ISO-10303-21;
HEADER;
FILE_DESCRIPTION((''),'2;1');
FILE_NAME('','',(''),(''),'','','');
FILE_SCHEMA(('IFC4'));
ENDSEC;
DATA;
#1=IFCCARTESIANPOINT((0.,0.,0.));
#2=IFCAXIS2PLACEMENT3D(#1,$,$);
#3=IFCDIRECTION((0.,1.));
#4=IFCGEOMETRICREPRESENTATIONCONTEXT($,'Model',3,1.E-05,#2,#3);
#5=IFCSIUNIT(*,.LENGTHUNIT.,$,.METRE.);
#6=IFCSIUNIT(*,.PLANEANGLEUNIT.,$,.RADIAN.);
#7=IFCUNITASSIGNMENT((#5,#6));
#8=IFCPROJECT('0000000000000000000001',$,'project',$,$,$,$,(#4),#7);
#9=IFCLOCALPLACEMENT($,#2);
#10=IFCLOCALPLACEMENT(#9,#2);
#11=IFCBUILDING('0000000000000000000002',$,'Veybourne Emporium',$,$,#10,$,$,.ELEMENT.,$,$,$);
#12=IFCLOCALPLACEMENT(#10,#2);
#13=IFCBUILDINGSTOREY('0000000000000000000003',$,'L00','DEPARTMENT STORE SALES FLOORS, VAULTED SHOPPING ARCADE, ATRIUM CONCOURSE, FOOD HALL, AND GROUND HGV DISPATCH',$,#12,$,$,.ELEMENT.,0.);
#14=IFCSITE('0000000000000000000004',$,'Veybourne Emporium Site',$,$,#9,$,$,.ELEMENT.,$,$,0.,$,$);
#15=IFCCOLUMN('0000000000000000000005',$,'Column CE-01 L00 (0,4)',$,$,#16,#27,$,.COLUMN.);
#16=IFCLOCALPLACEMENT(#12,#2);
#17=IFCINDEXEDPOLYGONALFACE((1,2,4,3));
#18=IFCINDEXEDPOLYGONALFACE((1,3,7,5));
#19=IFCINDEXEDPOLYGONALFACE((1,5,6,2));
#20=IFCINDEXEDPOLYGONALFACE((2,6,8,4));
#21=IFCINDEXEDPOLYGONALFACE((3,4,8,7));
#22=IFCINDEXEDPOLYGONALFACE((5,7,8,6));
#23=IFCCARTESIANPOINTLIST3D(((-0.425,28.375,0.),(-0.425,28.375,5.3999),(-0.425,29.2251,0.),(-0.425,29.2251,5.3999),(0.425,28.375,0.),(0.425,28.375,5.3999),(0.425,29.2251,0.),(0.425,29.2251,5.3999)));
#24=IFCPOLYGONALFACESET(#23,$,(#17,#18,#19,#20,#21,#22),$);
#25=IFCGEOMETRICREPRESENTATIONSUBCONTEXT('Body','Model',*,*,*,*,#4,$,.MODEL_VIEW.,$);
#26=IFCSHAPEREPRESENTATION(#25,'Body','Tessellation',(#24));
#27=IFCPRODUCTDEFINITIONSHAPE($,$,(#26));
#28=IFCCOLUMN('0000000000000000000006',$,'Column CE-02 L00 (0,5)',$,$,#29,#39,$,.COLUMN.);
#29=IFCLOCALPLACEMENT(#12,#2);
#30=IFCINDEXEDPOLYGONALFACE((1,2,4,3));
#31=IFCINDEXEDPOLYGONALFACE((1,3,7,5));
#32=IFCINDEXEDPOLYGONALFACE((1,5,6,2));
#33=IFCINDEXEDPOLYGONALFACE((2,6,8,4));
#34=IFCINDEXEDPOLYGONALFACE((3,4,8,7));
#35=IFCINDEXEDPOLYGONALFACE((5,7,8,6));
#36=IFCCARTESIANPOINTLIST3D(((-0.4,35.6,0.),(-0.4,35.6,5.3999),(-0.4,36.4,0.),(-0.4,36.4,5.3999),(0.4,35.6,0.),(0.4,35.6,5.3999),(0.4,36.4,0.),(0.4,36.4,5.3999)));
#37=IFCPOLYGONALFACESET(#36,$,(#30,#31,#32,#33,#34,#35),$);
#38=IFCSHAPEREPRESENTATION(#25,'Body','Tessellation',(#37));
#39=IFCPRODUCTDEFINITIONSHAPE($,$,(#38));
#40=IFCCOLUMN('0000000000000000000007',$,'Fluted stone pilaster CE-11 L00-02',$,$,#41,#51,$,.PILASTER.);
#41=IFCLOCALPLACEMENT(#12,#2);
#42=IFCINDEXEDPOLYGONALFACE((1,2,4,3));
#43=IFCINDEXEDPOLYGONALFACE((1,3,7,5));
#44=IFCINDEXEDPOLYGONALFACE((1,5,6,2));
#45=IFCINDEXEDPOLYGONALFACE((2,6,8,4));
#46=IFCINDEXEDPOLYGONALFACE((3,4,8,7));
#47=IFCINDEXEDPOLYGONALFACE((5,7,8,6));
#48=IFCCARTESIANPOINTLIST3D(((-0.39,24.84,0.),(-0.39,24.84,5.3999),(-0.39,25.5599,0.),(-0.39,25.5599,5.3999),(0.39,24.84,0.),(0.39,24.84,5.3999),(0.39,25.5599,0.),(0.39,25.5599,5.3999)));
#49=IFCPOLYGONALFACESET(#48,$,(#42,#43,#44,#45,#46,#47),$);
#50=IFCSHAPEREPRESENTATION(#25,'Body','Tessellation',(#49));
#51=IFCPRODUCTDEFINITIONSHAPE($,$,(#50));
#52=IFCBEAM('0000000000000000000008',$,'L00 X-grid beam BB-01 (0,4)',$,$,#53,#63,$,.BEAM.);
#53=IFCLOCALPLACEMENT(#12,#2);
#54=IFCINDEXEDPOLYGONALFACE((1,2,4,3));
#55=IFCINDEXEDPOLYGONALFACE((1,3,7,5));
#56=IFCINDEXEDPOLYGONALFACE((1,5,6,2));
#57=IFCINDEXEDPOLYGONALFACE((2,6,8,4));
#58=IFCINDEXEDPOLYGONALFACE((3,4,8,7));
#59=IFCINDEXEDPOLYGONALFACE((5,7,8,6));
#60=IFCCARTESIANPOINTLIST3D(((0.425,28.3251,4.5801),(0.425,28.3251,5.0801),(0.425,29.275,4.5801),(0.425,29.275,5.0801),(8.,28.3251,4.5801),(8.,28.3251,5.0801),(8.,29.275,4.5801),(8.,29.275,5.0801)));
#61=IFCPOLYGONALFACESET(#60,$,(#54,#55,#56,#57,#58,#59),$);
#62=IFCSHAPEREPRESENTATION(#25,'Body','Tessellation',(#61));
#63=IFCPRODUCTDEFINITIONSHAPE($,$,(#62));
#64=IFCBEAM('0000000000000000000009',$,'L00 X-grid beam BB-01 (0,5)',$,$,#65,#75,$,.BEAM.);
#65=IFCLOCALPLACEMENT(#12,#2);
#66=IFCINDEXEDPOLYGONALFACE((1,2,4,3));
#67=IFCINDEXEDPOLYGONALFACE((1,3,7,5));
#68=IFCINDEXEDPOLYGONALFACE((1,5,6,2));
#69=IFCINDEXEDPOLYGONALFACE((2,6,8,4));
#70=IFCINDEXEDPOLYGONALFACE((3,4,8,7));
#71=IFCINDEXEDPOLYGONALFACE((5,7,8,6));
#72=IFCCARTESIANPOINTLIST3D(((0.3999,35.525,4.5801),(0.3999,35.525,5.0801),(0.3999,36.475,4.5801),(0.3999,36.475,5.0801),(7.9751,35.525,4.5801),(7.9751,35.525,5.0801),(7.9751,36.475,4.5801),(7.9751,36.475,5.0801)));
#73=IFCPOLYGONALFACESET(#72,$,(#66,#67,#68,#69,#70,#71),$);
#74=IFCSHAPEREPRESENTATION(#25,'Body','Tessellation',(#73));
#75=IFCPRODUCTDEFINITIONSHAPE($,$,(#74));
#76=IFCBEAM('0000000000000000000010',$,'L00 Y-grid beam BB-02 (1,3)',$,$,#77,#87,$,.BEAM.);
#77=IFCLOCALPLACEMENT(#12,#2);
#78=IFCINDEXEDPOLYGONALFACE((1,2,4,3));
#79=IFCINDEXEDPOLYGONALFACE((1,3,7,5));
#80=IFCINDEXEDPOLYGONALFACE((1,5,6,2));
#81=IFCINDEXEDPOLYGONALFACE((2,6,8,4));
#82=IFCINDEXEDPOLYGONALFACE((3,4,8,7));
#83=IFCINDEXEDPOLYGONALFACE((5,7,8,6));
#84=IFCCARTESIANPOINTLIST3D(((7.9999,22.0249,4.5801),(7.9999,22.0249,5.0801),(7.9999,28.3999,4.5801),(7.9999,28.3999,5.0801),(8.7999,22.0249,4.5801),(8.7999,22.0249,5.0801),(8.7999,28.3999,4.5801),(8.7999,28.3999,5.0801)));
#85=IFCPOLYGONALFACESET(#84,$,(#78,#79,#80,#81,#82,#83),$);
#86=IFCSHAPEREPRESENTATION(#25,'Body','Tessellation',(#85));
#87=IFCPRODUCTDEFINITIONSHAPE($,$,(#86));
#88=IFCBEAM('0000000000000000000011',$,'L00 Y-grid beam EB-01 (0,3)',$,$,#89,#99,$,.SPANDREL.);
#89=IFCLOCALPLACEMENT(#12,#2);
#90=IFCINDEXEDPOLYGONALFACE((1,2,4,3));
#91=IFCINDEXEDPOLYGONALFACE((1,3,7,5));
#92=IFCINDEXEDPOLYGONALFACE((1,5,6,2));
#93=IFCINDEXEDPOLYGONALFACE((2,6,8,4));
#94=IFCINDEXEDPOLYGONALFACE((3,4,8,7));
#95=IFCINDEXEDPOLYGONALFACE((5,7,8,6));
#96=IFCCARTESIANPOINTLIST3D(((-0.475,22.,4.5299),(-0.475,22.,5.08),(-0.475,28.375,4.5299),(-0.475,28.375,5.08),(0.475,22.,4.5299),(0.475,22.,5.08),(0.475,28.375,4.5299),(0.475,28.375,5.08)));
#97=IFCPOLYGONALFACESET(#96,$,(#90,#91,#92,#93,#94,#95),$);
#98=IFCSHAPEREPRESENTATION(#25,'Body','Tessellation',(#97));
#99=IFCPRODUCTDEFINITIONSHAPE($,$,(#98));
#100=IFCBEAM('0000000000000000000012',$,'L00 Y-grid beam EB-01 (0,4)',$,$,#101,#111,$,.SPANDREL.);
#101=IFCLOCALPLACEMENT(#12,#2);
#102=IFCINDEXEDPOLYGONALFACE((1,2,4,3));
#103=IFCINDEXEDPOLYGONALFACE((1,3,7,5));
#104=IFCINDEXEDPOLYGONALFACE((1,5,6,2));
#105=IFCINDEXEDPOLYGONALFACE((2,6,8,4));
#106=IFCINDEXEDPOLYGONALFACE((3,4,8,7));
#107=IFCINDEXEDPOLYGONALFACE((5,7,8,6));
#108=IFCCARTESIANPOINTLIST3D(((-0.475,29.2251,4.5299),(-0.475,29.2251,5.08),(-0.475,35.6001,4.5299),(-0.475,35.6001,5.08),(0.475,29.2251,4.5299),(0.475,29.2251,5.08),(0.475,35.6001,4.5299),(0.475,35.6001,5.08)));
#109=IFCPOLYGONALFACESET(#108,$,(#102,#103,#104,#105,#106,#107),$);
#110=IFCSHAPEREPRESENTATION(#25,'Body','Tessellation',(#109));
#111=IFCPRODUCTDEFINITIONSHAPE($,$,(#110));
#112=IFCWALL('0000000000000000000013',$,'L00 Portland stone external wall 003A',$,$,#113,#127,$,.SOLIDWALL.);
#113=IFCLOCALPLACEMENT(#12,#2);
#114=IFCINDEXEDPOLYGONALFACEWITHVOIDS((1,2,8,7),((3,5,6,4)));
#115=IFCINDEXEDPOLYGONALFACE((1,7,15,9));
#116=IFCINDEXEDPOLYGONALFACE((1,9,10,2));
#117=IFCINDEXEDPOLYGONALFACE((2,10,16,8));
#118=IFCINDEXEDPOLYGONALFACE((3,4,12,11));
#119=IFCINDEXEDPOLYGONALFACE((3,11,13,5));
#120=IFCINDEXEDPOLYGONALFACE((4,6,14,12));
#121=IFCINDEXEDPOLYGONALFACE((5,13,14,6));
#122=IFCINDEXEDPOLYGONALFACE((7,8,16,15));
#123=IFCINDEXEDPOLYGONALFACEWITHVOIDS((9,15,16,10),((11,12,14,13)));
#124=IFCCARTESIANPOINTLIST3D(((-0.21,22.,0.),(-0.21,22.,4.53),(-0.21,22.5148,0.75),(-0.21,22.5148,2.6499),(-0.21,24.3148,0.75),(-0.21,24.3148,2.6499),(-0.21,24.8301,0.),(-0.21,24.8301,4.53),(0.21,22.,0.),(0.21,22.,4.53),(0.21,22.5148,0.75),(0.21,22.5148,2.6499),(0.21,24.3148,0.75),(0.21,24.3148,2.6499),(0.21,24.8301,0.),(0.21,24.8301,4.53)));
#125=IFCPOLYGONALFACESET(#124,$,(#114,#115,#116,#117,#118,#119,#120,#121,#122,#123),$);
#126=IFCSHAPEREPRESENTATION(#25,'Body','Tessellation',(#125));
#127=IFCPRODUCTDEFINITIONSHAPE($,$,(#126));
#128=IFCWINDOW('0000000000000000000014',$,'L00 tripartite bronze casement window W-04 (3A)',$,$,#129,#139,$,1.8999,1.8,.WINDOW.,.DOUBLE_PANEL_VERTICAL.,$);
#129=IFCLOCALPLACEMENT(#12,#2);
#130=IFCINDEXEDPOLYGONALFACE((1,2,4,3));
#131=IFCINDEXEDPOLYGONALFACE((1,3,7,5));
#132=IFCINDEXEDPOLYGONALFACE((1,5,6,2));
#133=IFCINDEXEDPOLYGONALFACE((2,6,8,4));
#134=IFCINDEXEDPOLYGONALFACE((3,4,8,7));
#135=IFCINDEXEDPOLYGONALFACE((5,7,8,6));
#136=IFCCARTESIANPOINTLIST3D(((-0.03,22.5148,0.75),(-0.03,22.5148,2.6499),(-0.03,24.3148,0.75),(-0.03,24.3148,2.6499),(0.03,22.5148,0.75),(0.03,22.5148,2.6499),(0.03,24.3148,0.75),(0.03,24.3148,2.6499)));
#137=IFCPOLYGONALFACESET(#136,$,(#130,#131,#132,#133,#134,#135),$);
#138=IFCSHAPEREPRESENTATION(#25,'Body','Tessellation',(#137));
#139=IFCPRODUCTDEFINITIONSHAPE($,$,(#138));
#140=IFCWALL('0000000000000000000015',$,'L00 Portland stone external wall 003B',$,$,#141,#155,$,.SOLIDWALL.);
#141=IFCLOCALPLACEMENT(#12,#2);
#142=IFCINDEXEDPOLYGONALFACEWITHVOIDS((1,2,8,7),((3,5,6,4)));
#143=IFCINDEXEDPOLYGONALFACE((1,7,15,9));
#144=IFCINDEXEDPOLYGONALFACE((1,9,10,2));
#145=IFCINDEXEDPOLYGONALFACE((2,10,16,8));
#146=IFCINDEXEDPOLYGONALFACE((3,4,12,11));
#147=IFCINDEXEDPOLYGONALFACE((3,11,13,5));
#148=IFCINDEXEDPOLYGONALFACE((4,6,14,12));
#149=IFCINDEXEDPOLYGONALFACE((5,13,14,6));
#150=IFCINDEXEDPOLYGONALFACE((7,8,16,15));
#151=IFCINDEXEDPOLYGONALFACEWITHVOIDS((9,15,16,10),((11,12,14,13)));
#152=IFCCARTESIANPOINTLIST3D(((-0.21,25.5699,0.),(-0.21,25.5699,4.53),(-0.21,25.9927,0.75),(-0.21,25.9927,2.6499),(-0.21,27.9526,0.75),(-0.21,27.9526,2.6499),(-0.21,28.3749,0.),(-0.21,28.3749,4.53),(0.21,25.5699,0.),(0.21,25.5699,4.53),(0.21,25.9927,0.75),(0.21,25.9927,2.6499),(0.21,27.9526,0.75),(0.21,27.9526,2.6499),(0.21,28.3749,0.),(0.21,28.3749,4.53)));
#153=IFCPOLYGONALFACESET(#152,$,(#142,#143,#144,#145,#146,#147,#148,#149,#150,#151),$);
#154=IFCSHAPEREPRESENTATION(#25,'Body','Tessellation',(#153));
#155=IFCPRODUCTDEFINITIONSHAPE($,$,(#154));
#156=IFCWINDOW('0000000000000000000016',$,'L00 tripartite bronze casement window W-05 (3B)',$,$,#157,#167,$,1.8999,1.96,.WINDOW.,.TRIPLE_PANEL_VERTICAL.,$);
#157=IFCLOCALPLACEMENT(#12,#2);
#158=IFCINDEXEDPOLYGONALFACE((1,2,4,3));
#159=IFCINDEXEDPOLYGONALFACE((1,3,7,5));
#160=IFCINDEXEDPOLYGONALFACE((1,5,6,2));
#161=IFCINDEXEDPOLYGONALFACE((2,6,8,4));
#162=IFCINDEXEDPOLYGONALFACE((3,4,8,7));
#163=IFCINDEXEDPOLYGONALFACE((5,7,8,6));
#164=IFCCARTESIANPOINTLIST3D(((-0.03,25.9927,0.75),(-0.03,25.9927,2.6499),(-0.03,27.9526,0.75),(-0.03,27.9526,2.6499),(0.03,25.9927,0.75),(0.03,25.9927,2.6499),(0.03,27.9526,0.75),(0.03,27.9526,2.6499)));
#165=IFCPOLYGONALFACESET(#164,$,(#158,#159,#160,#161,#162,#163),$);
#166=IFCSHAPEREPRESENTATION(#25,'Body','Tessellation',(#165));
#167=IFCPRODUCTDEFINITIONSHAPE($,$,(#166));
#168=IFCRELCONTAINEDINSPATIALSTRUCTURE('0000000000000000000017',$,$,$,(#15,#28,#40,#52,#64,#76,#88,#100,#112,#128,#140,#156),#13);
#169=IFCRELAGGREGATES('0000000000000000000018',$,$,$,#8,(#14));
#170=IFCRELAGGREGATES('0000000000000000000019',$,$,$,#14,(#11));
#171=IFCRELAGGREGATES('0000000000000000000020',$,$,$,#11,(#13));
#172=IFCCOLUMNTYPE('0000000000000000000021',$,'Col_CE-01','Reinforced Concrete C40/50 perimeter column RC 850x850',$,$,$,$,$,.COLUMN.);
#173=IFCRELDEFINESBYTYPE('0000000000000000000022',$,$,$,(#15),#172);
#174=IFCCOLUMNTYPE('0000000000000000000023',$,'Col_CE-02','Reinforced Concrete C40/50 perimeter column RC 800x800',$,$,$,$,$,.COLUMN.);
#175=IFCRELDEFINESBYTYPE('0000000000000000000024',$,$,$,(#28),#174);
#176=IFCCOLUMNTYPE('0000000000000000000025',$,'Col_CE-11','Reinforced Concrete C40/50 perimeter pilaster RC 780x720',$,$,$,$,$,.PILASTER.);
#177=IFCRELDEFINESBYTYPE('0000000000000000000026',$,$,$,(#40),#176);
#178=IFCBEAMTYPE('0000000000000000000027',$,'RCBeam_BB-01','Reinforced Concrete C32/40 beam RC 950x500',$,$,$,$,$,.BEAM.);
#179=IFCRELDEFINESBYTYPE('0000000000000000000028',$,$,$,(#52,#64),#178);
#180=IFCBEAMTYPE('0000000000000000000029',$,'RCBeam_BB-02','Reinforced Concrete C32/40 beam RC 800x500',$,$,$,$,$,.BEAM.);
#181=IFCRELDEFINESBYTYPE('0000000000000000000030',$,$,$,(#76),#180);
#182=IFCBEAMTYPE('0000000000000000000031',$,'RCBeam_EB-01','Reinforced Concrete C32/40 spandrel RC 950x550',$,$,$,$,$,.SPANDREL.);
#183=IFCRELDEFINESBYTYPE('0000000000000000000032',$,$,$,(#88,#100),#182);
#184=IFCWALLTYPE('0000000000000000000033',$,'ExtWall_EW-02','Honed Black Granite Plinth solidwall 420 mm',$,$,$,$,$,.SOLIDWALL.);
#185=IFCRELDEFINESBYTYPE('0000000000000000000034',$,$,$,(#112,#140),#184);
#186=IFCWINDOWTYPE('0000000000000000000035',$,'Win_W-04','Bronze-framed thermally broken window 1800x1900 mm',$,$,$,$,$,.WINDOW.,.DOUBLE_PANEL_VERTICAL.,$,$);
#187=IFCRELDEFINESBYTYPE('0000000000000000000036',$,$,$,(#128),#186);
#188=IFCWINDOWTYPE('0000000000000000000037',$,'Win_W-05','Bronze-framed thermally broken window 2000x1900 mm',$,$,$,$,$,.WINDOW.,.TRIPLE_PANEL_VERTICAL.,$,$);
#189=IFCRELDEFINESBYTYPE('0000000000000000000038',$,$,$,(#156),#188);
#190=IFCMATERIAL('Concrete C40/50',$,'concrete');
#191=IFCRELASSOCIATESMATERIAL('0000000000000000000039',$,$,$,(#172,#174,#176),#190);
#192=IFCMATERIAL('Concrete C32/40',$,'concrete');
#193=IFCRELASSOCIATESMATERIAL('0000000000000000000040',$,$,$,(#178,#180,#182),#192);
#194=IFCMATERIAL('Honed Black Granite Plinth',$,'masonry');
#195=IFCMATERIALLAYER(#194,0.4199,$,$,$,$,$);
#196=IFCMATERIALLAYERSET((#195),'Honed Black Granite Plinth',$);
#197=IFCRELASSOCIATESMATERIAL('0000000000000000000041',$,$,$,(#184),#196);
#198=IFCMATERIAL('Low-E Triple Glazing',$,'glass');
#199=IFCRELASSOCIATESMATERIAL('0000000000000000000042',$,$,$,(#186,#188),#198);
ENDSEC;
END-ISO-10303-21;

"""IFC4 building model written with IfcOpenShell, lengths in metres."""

from ifc_helpers import new_model, si_unit, direction, frame, frame_2d, origin, origin_2d, place, context, subcontext, project, spatial, rectangle, extrude, material, layer, layer_set, material_profile, profile_set, type_object, element, fill, save


model = new_model("IFC4")

# Units and contexts
model_context = context("Model", 3, precision=1e-05, world=origin(), true_north=direction((0.0, 1.0)))
body_context = subcontext(model_context, "Body", "Model", "MODEL_VIEW")
ifc_project = project(units=[si_unit("LENGTHUNIT", "METRE"), si_unit("PLANEANGLEUNIT", "RADIAN")], contexts=[model_context])

# Site, building, storey
site_placement = place(None, origin())
site = spatial("IfcSite", under=ifc_project, at=site_placement, Name="Veybourne Emporium Site", CompositionType="ELEMENT", RefElevation=0.0)
building_placement = place(site_placement, origin())
building = spatial("IfcBuilding", under=site, at=building_placement, Name="Veybourne Emporium", CompositionType="ELEMENT")
storey_placement = place(building_placement, origin())
storey = spatial("IfcBuildingStorey", under=building, at=storey_placement, Name="L00", Description="DEPARTMENT STORE SALES FLOORS, VAULTED SHOPPING ARCADE, ATRIUM CONCOURSE, FOOD HALL, AND GROUND HGV DISPATCH", CompositionType="ELEMENT", Elevation=0.0)

# Columns
ifc_material_1 = material(Name="Concrete C40/50", Category="concrete")
ifc_material_profile_1 = material_profile(ifc_material_1, rectangle(XDim=0.8501, YDim=0.8501, at=origin_2d()), Name="RC 850x850")
ifc_profile_set_1 = profile_set([ifc_material_profile_1], Name="Concrete C40/50")
column_type_1 = type_object("IfcColumnType", Name="Col_CE-01", Description="Reinforced Concrete C40/50 perimeter column RC 850x850", PredefinedType="COLUMN", material=ifc_profile_set_1)
column_1_placement = place(storey_placement, frame((0.0, 28.8, 0.0), z_axis=(0.0, 0.0, 1.0), x_axis=(1.0, 0.0, 0.0)))
element("IfcColumn", 1, at=column_1_placement, inside=storey, type_object=column_type_1, Name="Column CE-01 L00 (0,4)", PredefinedType="COLUMN", context=body_context, shape_type="SweptSolid", body=[
    extrude(rectangle(XDim=0.8501, YDim=0.8501, at=origin_2d()), origin(), (0.0, 0.0, 1.0), 5.3999),
])
ifc_material_profile_2 = material_profile(ifc_material_1, rectangle(XDim=0.8, YDim=0.8, at=origin_2d()), Name="RC 800x800")
ifc_profile_set_2 = profile_set([ifc_material_profile_2], Name="Concrete C40/50")
column_type_2 = type_object("IfcColumnType", Name="Col_CE-02", Description="Reinforced Concrete C40/50 perimeter column RC 800x800", PredefinedType="COLUMN", material=ifc_profile_set_2)
column_2_placement = place(storey_placement, frame((0.0, 36.0, 0.0), z_axis=(0.0, 0.0, 1.0), x_axis=(1.0, 0.0, 0.0)))
element("IfcColumn", 2, at=column_2_placement, inside=storey, type_object=column_type_2, Name="Column CE-02 L00 (0,5)", PredefinedType="COLUMN", context=body_context, shape_type="SweptSolid", body=[
    extrude(rectangle(XDim=0.8, YDim=0.8, at=origin_2d()), origin(), (0.0, 0.0, 1.0), 5.3999),
])
ifc_material_profile_3 = material_profile(ifc_material_1, rectangle(XDim=0.78, YDim=0.72, at=origin_2d()), Name="RC 780x720")
ifc_profile_set_3 = profile_set([ifc_material_profile_3], Name="Concrete C40/50")
column_type_3 = type_object("IfcColumnType", Name="Col_CE-11", Description="Reinforced Concrete C40/50 perimeter pilaster RC 780x720", PredefinedType="PILASTER", material=ifc_profile_set_3)
column_3_placement = place(storey_placement, frame((0.0, 25.2, 0.0), z_axis=(0.0, 0.0, 1.0), x_axis=(1.0, 0.0, 0.0)))
element("IfcColumn", 3, at=column_3_placement, inside=storey, type_object=column_type_3, Name="Fluted stone pilaster CE-11 L00-02", PredefinedType="PILASTER", context=body_context, shape_type="SweptSolid", body=[
    extrude(rectangle(XDim=0.78, YDim=0.72, at=origin_2d()), origin(), (0.0, 0.0, 1.0), 5.3999),
])

# Beams
ifc_material_2 = material(Name="Concrete C32/40", Category="concrete")
ifc_material_profile_4 = material_profile(ifc_material_2, rectangle(XDim=0.95, YDim=0.5, at=origin_2d()), Name="RC 950x500")
ifc_profile_set_4 = profile_set([ifc_material_profile_4], Name="Concrete C32/40")
beam_type_1 = type_object("IfcBeamType", Name="RCBeam_BB-01", Description="Reinforced Concrete C32/40 beam RC 950x500", PredefinedType="BEAM", material=ifc_profile_set_4)
beam_1_placement = place(storey_placement, frame((0.425, 28.8, 4.8301), z_axis=(1.0, 0.0, 0.0), x_axis=(0.0, 1.0, 0.0)))
element("IfcBeam", 4, at=beam_1_placement, inside=storey, type_object=beam_type_1, Name="L00 X-grid beam BB-01 (0,4)", PredefinedType="BEAM", context=body_context, shape_type="SweptSolid", body=[
    extrude(rectangle(XDim=0.95, YDim=0.5, at=origin_2d()), origin(), (0.0, 0.0, 1.0), 7.575),
])
beam_2_placement = place(storey_placement, frame((0.3999, 36.0, 4.8301), z_axis=(1.0, 0.0, 0.0), x_axis=(0.0, 1.0, 0.0)))
element("IfcBeam", 5, at=beam_2_placement, inside=storey, type_object=beam_type_1, Name="L00 X-grid beam BB-01 (0,5)", PredefinedType="BEAM", context=body_context, shape_type="SweptSolid", body=[
    extrude(rectangle(XDim=0.95, YDim=0.5, at=origin_2d()), origin(), (0.0, 0.0, 1.0), 7.5752),
])
ifc_material_profile_5 = material_profile(ifc_material_2, rectangle(XDim=0.8, YDim=0.5, at=origin_2d()), Name="RC 800x500")
ifc_profile_set_5 = profile_set([ifc_material_profile_5], Name="Concrete C32/40")
beam_type_2 = type_object("IfcBeamType", Name="RCBeam_BB-02", Description="Reinforced Concrete C32/40 beam RC 800x500", PredefinedType="BEAM", material=ifc_profile_set_5)
beam_3_placement = place(storey_placement, frame((8.3999, 22.0249, 4.8301), z_axis=(0.0, 1.0, 0.0), x_axis=(-1.0, 0.0, 0.0)))
element("IfcBeam", 6, at=beam_3_placement, inside=storey, type_object=beam_type_2, Name="L00 Y-grid beam BB-02 (1,3)", PredefinedType="BEAM", context=body_context, shape_type="SweptSolid", body=[
    extrude(rectangle(XDim=0.8, YDim=0.5, at=origin_2d()), origin(), (0.0, 0.0, 1.0), 6.375),
])
ifc_material_profile_6 = material_profile(ifc_material_2, rectangle(XDim=0.95, YDim=0.55, at=origin_2d()), Name="RC 950x550")
ifc_profile_set_6 = profile_set([ifc_material_profile_6], Name="Concrete C32/40")
beam_type_3 = type_object("IfcBeamType", Name="RCBeam_EB-01", Description="Reinforced Concrete C32/40 spandrel RC 950x550", PredefinedType="SPANDREL", material=ifc_profile_set_6)
for number, where, z_axis, x_axis, name in (
    (7, (0.0, 22.0, 4.8049), (0.0, 1.0, 0.0), (-1.0, 0.0, 0.0), "L00 Y-grid beam EB-01 (0,3)"),
    (8, (0.0, 29.2251, 4.8049), (0.0, 1.0, 0.0), (-1.0, 0.0, 0.0), "L00 Y-grid beam EB-01 (0,4)"),
):
    element("IfcBeam", number, at=place(storey_placement, frame(where, z_axis=z_axis, x_axis=x_axis)), inside=storey, type_object=beam_type_3, Name=name, PredefinedType="SPANDREL", context=body_context, shape_type="SweptSolid", body=[
        extrude(rectangle(XDim=0.95, YDim=0.55, at=origin_2d()), origin(), (0.0, 0.0, 1.0), 6.375),
    ])

# Walls, openings, windows
ifc_material_3 = material(Name="Honed Black Granite Plinth", Category="masonry")
ifc_layer_1 = layer(ifc_material_3, 0.4199)
ifc_layer_set_1 = layer_set([ifc_layer_1], Name="Honed Black Granite Plinth")
wall_type_1 = type_object("IfcWallType", Name="ExtWall_EW-02", Description="Honed Black Granite Plinth solidwall 420 mm", PredefinedType="SOLIDWALL", material=ifc_layer_set_1)
wall_1_placement = place(storey_placement, frame((0.0, 22.0, 0.0), z_axis=(0.0, 0.0, 1.0), x_axis=(0.0, 1.0, 0.0)))
wall_1 = element("IfcWall", 9, at=wall_1_placement, inside=storey, type_object=wall_type_1, Name="L00 Portland stone external wall 003A", PredefinedType="SOLIDWALL", context=body_context, shape_type="SweptSolid", body=[
    extrude(rectangle(XDim=2.8301, YDim=0.4199, at=frame_2d((1.415, 0.0))), origin(), (0.0, 0.0, 1.0), 4.53),
])
opening_1_placement = place(wall_1_placement, frame((0.5149, 0.0, 0.75)))
opening_1 = element("IfcOpeningElement", 10, at=opening_1_placement, cuts=wall_1, PredefinedType="OPENING", context=body_context, shape_type="SweptSolid", body=[
    extrude(rectangle(XDim=1.8, YDim=1.8999, at=frame_2d((0.8999, 0.95))), frame((0.0, 0.23, 0.0), z_axis=(0.0, -1.0, 0.0), x_axis=(1.0, 0.0, 0.0)), (0.0, 0.0, 1.0), 0.46),
])
ifc_material_4 = material(Name="Low-E Triple Glazing", Category="glass")
window_type_1 = type_object("IfcWindowType", Name="Win_W-04", Description="Bronze-framed thermally broken window 1800x1900 mm", PartitioningType="DOUBLE_PANEL_VERTICAL", PredefinedType="WINDOW", material=ifc_material_4)
window_1_placement = place(opening_1_placement, origin())
window_1 = element("IfcWindow", 11, at=window_1_placement, inside=storey, type_object=window_type_1, Name="L00 tripartite bronze casement window W-04 (3A)", OverallHeight=1.8999, OverallWidth=1.8, PartitioningType="DOUBLE_PANEL_VERTICAL", PredefinedType="WINDOW", context=body_context, shape_type="SweptSolid", body=[
    extrude(rectangle(XDim=1.8, YDim=1.8999, at=frame_2d((0.8999, 0.95))), frame((0.0, 0.03, 0.0), z_axis=(0.0, -1.0, 0.0), x_axis=(1.0, 0.0, 0.0)), (0.0, 0.0, 1.0), 0.0601),
])
fill(opening_1, window_1)
wall_2_placement = place(storey_placement, frame((0.0, 25.5701, 0.0), z_axis=(0.0, 0.0, 1.0), x_axis=(0.0, 1.0, 0.0)))
wall_2 = element("IfcWall", 12, at=wall_2_placement, inside=storey, type_object=wall_type_1, Name="L00 Portland stone external wall 003B", PredefinedType="SOLIDWALL", context=body_context, shape_type="SweptSolid", body=[
    extrude(rectangle(XDim=2.8049, YDim=0.4199, at=frame_2d((1.4023, 0.0))), origin(), (0.0, 0.0, 1.0), 4.53),
])
opening_2_placement = place(wall_2_placement, frame((0.4226, 0.0, 0.75)))
opening_2 = element("IfcOpeningElement", 13, at=opening_2_placement, cuts=wall_2, PredefinedType="OPENING", context=body_context, shape_type="SweptSolid", body=[
    extrude(rectangle(XDim=1.96, YDim=1.8999, at=frame_2d((0.98, 0.95))), frame((0.0, 0.23, 0.0), z_axis=(0.0, -1.0, 0.0), x_axis=(1.0, 0.0, 0.0)), (0.0, 0.0, 1.0), 0.46),
])
window_type_2 = type_object("IfcWindowType", Name="Win_W-05", Description="Bronze-framed thermally broken window 2000x1900 mm", PartitioningType="TRIPLE_PANEL_VERTICAL", PredefinedType="WINDOW", material=ifc_material_4)
window_2_placement = place(opening_2_placement, origin())
window_2 = element("IfcWindow", 14, at=window_2_placement, inside=storey, type_object=window_type_2, Name="L00 tripartite bronze casement window W-05 (3B)", OverallHeight=1.8999, OverallWidth=1.96, PartitioningType="TRIPLE_PANEL_VERTICAL", PredefinedType="WINDOW", context=body_context, shape_type="SweptSolid", body=[
    extrude(rectangle(XDim=1.96, YDim=1.8999, at=frame_2d((0.98, 0.95))), frame((0.0, 0.03, 0.0), z_axis=(0.0, -1.0, 0.0), x_axis=(1.0, 0.0, 0.0)), (0.0, 0.0, 1.0), 0.0601),
])
fill(opening_2, window_2)

save(model, "model.ifc")
